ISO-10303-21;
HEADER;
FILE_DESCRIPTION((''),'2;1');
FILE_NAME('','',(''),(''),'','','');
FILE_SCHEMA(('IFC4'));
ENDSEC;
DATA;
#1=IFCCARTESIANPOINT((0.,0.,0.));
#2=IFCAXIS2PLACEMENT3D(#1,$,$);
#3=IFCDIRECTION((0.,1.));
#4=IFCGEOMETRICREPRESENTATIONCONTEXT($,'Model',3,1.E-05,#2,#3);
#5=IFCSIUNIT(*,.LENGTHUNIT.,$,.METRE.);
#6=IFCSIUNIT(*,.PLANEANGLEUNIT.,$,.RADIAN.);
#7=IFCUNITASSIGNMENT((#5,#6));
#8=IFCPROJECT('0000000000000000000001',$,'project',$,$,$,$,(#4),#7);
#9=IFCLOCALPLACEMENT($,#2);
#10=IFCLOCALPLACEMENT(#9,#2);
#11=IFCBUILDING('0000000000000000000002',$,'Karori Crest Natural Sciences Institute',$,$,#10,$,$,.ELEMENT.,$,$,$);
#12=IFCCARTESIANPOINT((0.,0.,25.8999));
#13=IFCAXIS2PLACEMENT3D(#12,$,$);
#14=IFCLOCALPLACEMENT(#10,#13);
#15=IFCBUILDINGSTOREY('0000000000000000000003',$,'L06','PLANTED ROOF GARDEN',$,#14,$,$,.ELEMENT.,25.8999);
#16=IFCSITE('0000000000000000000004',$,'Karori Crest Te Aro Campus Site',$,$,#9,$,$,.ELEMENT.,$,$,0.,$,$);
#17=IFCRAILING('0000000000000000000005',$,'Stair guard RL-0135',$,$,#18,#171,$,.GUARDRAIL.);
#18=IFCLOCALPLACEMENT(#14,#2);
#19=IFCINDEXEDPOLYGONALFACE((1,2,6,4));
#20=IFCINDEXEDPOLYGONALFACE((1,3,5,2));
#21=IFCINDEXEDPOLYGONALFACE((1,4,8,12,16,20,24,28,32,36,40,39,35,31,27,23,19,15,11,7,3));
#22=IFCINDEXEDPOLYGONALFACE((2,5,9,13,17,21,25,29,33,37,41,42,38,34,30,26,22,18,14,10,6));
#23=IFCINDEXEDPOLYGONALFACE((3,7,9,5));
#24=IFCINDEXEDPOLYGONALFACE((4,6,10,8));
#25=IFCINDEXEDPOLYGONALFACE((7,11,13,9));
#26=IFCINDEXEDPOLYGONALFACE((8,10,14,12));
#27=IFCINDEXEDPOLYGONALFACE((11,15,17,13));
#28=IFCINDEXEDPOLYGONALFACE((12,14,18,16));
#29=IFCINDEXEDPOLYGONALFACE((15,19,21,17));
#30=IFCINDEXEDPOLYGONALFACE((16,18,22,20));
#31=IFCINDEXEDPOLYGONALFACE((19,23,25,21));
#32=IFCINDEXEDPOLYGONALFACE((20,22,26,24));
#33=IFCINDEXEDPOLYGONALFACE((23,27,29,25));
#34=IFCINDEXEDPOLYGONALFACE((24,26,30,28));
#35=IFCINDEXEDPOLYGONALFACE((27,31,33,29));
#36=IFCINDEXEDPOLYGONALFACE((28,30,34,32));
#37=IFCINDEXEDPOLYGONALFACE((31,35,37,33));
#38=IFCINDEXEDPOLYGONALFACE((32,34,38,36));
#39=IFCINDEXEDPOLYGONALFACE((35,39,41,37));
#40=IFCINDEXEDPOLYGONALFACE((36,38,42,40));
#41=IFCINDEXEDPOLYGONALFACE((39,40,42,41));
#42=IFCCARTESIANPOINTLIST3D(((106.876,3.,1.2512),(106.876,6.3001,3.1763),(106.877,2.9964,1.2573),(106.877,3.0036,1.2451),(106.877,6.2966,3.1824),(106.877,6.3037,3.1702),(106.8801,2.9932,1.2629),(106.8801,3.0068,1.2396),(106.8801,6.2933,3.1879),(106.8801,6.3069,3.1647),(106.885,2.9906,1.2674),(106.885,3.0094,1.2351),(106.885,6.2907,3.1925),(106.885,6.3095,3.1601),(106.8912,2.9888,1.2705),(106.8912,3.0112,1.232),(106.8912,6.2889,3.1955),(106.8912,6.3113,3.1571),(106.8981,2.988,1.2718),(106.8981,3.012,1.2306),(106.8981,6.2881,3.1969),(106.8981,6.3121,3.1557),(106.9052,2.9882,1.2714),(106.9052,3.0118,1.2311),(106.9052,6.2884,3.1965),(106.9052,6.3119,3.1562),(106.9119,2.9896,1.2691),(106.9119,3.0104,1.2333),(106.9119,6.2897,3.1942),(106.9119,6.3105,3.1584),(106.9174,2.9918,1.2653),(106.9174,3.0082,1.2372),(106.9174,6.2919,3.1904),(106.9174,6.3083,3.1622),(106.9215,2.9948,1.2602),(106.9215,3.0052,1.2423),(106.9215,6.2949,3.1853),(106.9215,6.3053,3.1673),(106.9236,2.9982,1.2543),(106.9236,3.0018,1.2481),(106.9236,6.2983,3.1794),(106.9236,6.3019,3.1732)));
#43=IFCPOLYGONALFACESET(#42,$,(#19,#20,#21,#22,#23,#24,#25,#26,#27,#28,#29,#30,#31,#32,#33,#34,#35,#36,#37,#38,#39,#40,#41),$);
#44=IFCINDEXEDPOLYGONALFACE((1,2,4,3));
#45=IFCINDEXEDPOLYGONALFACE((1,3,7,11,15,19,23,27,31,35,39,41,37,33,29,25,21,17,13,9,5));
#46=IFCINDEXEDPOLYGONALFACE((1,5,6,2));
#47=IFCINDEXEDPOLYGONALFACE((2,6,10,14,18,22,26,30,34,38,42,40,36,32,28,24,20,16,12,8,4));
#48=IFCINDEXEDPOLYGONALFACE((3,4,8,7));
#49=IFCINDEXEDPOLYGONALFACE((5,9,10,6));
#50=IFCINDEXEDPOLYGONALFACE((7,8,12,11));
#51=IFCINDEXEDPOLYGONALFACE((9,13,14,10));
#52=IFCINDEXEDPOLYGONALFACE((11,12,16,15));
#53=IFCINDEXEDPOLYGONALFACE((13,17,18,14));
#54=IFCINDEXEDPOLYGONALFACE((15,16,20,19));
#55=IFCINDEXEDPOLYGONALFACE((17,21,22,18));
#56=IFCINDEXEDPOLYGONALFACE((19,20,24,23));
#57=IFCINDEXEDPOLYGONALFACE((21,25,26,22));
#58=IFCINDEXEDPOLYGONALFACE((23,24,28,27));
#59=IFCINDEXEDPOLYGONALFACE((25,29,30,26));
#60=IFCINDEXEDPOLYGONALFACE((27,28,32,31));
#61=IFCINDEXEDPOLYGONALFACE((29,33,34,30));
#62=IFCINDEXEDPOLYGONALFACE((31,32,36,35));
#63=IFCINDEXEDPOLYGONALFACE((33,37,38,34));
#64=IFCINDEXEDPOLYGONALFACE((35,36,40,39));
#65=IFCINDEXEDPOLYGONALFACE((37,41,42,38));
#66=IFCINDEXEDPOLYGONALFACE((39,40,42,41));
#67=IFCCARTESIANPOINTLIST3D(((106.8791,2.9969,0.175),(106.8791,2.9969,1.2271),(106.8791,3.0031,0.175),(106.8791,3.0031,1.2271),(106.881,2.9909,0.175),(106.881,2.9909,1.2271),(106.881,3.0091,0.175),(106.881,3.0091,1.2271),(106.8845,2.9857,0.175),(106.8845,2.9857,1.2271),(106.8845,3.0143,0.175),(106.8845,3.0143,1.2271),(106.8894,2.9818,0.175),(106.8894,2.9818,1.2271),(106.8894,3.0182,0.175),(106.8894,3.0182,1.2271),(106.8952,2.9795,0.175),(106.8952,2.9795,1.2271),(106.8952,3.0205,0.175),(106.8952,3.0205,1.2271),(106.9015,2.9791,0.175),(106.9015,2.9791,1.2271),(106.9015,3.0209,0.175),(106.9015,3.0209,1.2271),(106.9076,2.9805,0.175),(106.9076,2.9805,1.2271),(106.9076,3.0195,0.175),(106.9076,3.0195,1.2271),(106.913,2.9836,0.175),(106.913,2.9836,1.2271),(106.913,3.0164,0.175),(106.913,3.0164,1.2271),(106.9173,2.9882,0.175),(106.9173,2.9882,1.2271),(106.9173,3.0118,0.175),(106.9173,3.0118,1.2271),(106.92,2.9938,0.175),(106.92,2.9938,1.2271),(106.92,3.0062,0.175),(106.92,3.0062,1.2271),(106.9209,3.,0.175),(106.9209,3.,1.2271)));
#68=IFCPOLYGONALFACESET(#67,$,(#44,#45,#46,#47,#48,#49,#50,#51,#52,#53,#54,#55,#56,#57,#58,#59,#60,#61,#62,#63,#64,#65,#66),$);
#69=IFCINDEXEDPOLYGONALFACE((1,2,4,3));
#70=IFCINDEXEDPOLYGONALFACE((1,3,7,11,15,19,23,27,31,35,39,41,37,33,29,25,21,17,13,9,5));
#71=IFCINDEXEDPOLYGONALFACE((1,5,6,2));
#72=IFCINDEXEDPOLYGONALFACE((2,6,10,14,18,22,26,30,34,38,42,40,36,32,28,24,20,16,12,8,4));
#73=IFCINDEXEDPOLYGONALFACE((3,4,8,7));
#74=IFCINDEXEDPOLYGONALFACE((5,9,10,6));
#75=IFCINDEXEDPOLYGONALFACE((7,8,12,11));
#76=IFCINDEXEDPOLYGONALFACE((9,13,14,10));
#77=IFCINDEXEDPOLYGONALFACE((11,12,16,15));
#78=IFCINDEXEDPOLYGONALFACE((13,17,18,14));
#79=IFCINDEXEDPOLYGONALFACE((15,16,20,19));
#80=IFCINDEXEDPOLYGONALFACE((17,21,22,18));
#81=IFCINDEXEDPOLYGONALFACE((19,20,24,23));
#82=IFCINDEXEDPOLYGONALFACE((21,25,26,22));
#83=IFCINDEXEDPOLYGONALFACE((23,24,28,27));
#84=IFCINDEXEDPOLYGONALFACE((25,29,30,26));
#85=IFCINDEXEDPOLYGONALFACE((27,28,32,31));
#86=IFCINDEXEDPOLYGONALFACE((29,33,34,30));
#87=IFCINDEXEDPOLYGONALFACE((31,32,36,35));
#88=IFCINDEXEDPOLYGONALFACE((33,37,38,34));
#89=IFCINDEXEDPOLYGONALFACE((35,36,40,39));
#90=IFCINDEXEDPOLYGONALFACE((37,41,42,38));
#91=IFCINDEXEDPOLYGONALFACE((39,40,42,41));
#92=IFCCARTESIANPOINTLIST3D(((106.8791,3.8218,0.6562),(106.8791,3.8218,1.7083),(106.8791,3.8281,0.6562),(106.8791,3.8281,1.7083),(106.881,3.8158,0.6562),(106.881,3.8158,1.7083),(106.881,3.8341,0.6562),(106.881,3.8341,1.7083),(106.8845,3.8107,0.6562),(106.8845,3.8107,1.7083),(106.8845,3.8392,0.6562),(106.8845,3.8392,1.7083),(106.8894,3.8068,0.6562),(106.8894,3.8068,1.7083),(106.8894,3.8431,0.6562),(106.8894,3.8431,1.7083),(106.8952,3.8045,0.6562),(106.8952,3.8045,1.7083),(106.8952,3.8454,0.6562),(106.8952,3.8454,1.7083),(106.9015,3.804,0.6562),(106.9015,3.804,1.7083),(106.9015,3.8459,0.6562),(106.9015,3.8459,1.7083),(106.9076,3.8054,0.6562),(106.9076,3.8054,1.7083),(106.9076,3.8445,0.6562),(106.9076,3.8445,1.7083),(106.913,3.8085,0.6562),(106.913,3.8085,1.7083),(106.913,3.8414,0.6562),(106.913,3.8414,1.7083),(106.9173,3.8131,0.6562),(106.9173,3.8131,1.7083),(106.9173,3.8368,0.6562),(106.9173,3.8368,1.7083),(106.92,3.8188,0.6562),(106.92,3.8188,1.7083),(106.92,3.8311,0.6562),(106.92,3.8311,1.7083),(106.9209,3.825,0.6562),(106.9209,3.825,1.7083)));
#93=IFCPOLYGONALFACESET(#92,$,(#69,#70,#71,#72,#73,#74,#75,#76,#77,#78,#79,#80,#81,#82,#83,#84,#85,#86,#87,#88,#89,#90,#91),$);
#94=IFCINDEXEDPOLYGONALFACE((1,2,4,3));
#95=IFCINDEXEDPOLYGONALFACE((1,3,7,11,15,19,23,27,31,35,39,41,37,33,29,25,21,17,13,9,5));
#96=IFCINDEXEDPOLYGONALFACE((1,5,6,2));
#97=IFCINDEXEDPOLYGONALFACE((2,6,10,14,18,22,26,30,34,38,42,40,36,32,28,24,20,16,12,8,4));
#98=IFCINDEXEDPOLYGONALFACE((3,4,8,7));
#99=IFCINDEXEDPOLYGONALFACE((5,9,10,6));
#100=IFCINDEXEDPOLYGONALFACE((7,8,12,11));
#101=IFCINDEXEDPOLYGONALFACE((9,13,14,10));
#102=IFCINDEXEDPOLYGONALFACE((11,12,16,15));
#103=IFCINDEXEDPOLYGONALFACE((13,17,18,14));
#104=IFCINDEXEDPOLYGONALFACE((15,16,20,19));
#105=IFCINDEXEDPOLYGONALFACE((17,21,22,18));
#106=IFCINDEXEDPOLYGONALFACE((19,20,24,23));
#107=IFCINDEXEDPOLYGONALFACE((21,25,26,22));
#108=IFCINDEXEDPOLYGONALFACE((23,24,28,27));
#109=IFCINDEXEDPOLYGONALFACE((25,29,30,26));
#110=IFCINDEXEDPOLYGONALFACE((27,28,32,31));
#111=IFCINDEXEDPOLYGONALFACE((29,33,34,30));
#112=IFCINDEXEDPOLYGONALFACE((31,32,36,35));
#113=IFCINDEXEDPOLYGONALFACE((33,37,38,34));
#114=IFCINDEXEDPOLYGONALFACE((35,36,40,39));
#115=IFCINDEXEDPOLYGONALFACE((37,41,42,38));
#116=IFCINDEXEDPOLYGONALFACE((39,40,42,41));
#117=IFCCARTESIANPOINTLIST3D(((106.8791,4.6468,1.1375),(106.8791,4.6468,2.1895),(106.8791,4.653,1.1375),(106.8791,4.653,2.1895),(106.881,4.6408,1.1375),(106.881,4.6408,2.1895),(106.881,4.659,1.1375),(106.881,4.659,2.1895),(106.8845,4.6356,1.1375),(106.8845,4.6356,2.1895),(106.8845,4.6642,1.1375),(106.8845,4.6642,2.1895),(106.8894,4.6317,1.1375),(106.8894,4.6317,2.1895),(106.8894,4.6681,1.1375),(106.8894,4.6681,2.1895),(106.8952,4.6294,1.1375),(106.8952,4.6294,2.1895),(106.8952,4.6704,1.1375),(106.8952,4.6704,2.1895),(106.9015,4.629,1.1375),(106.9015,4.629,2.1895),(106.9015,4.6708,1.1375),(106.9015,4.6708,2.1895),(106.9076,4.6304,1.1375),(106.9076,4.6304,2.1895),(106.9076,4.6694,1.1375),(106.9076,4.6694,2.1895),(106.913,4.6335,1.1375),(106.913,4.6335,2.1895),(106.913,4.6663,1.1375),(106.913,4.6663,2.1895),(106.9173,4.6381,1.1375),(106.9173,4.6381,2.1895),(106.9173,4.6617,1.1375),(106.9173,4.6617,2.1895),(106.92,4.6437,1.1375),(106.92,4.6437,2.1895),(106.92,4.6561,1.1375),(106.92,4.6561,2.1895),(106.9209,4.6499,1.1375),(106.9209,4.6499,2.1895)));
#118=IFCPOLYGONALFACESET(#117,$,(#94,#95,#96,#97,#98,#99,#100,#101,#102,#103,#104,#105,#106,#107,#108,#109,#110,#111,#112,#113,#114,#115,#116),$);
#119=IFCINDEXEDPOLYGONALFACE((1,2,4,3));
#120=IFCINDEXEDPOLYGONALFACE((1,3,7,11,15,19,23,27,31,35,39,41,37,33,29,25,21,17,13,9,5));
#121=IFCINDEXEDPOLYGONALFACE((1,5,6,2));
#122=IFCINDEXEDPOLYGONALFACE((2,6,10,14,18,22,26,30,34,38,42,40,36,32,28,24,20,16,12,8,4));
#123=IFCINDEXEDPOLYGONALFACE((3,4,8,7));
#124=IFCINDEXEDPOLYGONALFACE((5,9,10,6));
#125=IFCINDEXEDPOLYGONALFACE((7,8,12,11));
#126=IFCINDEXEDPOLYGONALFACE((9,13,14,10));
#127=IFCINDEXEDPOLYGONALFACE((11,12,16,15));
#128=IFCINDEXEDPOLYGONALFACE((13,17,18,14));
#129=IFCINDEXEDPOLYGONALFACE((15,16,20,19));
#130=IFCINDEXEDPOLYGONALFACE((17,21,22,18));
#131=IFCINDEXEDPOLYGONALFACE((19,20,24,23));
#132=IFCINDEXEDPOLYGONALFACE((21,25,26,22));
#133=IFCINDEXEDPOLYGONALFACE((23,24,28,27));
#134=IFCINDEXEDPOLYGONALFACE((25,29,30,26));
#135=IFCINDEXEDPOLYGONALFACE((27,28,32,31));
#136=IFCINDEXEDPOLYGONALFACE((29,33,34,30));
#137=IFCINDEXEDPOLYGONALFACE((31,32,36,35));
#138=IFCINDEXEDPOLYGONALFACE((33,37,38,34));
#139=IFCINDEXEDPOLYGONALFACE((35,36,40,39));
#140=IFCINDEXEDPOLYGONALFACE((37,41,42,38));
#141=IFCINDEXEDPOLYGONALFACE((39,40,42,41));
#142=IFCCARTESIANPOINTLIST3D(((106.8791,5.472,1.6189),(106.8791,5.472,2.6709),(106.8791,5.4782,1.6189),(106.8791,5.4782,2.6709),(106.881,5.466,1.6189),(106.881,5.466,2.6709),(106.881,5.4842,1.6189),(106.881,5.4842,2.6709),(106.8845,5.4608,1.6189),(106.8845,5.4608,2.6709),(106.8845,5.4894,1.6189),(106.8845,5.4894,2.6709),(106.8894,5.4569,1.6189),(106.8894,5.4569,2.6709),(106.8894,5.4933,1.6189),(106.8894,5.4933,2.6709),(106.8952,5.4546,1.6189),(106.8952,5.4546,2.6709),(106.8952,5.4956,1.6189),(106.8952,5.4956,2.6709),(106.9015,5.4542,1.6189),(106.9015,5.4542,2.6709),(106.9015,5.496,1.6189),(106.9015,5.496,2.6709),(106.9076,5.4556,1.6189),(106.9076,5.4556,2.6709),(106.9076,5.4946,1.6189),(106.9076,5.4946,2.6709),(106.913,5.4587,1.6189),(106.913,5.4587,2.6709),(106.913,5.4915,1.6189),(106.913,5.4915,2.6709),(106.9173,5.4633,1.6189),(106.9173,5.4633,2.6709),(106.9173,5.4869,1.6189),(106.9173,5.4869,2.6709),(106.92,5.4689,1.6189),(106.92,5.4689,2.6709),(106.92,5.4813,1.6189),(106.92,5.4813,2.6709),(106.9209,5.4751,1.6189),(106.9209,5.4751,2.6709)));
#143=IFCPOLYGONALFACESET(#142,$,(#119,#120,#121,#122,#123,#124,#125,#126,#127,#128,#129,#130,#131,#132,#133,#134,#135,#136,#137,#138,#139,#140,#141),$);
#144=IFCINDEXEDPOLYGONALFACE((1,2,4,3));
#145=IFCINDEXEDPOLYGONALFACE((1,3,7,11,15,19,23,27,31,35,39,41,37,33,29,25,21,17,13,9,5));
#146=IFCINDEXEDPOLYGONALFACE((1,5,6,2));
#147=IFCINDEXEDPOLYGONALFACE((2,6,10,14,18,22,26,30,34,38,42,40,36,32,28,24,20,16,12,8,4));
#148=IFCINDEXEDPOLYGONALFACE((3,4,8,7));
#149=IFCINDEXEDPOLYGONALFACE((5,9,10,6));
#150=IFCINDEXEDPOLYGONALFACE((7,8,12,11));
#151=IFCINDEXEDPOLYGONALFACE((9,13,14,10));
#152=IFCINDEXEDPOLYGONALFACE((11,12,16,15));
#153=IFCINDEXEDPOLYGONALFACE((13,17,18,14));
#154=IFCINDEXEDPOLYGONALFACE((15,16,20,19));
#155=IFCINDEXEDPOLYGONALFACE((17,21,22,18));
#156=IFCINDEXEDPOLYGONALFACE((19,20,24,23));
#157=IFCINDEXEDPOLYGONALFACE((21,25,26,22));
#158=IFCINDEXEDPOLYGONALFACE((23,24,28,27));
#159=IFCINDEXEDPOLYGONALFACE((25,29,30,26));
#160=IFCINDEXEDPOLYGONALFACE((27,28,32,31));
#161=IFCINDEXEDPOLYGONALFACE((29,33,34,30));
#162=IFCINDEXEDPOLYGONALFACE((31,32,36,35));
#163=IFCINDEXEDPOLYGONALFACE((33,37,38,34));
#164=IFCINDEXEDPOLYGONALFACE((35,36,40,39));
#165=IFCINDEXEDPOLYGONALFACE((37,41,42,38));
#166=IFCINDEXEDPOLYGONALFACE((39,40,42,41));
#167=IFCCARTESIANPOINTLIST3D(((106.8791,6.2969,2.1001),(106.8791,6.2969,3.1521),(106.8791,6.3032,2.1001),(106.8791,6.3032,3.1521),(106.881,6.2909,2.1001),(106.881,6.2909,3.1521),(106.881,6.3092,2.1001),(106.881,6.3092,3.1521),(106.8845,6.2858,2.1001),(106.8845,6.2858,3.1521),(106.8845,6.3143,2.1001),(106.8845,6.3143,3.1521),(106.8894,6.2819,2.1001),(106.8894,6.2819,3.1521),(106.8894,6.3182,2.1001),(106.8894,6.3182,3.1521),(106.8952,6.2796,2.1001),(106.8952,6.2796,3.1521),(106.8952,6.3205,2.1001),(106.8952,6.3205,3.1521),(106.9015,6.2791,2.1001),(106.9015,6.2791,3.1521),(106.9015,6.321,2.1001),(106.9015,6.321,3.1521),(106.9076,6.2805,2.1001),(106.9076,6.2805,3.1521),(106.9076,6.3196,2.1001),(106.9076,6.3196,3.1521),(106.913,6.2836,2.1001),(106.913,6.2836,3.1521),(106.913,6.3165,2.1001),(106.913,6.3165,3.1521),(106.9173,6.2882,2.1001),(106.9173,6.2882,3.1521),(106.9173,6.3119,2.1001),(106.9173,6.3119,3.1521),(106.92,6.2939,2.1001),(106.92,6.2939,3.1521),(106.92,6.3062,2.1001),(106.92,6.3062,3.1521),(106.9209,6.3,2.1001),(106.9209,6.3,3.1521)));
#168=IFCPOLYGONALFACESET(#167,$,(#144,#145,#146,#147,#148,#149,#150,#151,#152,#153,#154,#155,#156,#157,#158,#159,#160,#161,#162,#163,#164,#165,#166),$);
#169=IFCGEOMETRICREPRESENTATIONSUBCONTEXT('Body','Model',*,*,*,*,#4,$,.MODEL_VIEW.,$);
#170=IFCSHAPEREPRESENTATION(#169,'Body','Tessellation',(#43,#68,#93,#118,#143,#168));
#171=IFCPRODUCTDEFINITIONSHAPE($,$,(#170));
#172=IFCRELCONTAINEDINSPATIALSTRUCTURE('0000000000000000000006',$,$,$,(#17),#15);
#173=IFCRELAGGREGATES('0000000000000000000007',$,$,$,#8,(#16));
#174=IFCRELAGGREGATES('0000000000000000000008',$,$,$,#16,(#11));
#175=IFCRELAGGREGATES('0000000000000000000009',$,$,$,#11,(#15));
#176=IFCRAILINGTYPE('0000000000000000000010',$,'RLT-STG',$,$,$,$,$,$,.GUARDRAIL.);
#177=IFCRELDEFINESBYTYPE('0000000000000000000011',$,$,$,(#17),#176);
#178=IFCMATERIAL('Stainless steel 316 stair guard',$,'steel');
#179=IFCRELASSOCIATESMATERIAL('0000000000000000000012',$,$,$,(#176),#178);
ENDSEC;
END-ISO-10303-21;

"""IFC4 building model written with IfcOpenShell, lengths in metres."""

from ifc_helpers import new_model, si_unit, direction, frame, origin, origin_2d, place, context, subcontext, project, spatial, circle, extrude, material, type_object, element, save


model = new_model("IFC4")

# Units and contexts
model_context = context("Model", 3, precision=1e-05, world=origin(), true_north=direction((0.0, 1.0)))
body_context = subcontext(model_context, "Body", "Model", "MODEL_VIEW")
ifc_project = project(units=[si_unit("LENGTHUNIT", "METRE"), si_unit("PLANEANGLEUNIT", "RADIAN")], contexts=[model_context])

# Site, building, storey
site_placement = place(None, origin())
site = spatial("IfcSite", under=ifc_project, at=site_placement, Name="Karori Crest Te Aro Campus Site", CompositionType="ELEMENT", RefElevation=0.0)
building_placement = place(site_placement, origin())
building = spatial("IfcBuilding", under=site, at=building_placement, Name="Karori Crest Natural Sciences Institute", CompositionType="ELEMENT")
storey_placement = place(building_placement, frame((0.0, 0.0, 25.8999)))
storey = spatial("IfcBuildingStorey", under=building, at=storey_placement, Name="L06", Description="PLANTED ROOF GARDEN", CompositionType="ELEMENT", Elevation=25.8999)

# Railing
ifc_material_1 = material(Name="Stainless steel 316 stair guard", Category="steel")
railing_type_1 = type_object("IfcRailingType", Name="RLT-STG", PredefinedType="GUARDRAIL", material=ifc_material_1)
railing_1_placement = place(storey_placement, frame((106.8999, 3.0, 0.175)))
element("IfcRailing", 1, at=railing_1_placement, inside=storey, type_object=railing_type_1, Name="Stair guard RL-0135", PredefinedType="GUARDRAIL", context=body_context, shape_type="SweptSolid", body=[
    extrude(circle(Radius=0.0239, at=origin_2d()), frame((0.0, 0.0, 1.0762), z_axis=(0.0, 0.863777, 0.503875), x_axis=(-1.0, 0.0, 0.0)), (0.0, 0.0, 1.0), 3.8206),
    extrude(circle(Radius=0.021, at=origin_2d()), origin(), (0.0, 0.0, 1.0), 1.052),
    extrude(circle(Radius=0.021, at=origin_2d()), frame((0.0, 0.825, 0.4812)), (0.0, 0.0, 1.0), 1.052),
    extrude(circle(Radius=0.021, at=origin_2d()), frame((0.0, 1.6499, 0.9624)), (0.0, 0.0, 1.0), 1.052),
    extrude(circle(Radius=0.021, at=origin_2d()), frame((0.0, 2.4751, 1.4438)), (0.0, 0.0, 1.0), 1.052),
    extrude(circle(Radius=0.021, at=origin_2d()), frame((0.0, 3.3, 1.925)), (0.0, 0.0, 1.0), 1.052),
])

save(model, "model.ifc")
